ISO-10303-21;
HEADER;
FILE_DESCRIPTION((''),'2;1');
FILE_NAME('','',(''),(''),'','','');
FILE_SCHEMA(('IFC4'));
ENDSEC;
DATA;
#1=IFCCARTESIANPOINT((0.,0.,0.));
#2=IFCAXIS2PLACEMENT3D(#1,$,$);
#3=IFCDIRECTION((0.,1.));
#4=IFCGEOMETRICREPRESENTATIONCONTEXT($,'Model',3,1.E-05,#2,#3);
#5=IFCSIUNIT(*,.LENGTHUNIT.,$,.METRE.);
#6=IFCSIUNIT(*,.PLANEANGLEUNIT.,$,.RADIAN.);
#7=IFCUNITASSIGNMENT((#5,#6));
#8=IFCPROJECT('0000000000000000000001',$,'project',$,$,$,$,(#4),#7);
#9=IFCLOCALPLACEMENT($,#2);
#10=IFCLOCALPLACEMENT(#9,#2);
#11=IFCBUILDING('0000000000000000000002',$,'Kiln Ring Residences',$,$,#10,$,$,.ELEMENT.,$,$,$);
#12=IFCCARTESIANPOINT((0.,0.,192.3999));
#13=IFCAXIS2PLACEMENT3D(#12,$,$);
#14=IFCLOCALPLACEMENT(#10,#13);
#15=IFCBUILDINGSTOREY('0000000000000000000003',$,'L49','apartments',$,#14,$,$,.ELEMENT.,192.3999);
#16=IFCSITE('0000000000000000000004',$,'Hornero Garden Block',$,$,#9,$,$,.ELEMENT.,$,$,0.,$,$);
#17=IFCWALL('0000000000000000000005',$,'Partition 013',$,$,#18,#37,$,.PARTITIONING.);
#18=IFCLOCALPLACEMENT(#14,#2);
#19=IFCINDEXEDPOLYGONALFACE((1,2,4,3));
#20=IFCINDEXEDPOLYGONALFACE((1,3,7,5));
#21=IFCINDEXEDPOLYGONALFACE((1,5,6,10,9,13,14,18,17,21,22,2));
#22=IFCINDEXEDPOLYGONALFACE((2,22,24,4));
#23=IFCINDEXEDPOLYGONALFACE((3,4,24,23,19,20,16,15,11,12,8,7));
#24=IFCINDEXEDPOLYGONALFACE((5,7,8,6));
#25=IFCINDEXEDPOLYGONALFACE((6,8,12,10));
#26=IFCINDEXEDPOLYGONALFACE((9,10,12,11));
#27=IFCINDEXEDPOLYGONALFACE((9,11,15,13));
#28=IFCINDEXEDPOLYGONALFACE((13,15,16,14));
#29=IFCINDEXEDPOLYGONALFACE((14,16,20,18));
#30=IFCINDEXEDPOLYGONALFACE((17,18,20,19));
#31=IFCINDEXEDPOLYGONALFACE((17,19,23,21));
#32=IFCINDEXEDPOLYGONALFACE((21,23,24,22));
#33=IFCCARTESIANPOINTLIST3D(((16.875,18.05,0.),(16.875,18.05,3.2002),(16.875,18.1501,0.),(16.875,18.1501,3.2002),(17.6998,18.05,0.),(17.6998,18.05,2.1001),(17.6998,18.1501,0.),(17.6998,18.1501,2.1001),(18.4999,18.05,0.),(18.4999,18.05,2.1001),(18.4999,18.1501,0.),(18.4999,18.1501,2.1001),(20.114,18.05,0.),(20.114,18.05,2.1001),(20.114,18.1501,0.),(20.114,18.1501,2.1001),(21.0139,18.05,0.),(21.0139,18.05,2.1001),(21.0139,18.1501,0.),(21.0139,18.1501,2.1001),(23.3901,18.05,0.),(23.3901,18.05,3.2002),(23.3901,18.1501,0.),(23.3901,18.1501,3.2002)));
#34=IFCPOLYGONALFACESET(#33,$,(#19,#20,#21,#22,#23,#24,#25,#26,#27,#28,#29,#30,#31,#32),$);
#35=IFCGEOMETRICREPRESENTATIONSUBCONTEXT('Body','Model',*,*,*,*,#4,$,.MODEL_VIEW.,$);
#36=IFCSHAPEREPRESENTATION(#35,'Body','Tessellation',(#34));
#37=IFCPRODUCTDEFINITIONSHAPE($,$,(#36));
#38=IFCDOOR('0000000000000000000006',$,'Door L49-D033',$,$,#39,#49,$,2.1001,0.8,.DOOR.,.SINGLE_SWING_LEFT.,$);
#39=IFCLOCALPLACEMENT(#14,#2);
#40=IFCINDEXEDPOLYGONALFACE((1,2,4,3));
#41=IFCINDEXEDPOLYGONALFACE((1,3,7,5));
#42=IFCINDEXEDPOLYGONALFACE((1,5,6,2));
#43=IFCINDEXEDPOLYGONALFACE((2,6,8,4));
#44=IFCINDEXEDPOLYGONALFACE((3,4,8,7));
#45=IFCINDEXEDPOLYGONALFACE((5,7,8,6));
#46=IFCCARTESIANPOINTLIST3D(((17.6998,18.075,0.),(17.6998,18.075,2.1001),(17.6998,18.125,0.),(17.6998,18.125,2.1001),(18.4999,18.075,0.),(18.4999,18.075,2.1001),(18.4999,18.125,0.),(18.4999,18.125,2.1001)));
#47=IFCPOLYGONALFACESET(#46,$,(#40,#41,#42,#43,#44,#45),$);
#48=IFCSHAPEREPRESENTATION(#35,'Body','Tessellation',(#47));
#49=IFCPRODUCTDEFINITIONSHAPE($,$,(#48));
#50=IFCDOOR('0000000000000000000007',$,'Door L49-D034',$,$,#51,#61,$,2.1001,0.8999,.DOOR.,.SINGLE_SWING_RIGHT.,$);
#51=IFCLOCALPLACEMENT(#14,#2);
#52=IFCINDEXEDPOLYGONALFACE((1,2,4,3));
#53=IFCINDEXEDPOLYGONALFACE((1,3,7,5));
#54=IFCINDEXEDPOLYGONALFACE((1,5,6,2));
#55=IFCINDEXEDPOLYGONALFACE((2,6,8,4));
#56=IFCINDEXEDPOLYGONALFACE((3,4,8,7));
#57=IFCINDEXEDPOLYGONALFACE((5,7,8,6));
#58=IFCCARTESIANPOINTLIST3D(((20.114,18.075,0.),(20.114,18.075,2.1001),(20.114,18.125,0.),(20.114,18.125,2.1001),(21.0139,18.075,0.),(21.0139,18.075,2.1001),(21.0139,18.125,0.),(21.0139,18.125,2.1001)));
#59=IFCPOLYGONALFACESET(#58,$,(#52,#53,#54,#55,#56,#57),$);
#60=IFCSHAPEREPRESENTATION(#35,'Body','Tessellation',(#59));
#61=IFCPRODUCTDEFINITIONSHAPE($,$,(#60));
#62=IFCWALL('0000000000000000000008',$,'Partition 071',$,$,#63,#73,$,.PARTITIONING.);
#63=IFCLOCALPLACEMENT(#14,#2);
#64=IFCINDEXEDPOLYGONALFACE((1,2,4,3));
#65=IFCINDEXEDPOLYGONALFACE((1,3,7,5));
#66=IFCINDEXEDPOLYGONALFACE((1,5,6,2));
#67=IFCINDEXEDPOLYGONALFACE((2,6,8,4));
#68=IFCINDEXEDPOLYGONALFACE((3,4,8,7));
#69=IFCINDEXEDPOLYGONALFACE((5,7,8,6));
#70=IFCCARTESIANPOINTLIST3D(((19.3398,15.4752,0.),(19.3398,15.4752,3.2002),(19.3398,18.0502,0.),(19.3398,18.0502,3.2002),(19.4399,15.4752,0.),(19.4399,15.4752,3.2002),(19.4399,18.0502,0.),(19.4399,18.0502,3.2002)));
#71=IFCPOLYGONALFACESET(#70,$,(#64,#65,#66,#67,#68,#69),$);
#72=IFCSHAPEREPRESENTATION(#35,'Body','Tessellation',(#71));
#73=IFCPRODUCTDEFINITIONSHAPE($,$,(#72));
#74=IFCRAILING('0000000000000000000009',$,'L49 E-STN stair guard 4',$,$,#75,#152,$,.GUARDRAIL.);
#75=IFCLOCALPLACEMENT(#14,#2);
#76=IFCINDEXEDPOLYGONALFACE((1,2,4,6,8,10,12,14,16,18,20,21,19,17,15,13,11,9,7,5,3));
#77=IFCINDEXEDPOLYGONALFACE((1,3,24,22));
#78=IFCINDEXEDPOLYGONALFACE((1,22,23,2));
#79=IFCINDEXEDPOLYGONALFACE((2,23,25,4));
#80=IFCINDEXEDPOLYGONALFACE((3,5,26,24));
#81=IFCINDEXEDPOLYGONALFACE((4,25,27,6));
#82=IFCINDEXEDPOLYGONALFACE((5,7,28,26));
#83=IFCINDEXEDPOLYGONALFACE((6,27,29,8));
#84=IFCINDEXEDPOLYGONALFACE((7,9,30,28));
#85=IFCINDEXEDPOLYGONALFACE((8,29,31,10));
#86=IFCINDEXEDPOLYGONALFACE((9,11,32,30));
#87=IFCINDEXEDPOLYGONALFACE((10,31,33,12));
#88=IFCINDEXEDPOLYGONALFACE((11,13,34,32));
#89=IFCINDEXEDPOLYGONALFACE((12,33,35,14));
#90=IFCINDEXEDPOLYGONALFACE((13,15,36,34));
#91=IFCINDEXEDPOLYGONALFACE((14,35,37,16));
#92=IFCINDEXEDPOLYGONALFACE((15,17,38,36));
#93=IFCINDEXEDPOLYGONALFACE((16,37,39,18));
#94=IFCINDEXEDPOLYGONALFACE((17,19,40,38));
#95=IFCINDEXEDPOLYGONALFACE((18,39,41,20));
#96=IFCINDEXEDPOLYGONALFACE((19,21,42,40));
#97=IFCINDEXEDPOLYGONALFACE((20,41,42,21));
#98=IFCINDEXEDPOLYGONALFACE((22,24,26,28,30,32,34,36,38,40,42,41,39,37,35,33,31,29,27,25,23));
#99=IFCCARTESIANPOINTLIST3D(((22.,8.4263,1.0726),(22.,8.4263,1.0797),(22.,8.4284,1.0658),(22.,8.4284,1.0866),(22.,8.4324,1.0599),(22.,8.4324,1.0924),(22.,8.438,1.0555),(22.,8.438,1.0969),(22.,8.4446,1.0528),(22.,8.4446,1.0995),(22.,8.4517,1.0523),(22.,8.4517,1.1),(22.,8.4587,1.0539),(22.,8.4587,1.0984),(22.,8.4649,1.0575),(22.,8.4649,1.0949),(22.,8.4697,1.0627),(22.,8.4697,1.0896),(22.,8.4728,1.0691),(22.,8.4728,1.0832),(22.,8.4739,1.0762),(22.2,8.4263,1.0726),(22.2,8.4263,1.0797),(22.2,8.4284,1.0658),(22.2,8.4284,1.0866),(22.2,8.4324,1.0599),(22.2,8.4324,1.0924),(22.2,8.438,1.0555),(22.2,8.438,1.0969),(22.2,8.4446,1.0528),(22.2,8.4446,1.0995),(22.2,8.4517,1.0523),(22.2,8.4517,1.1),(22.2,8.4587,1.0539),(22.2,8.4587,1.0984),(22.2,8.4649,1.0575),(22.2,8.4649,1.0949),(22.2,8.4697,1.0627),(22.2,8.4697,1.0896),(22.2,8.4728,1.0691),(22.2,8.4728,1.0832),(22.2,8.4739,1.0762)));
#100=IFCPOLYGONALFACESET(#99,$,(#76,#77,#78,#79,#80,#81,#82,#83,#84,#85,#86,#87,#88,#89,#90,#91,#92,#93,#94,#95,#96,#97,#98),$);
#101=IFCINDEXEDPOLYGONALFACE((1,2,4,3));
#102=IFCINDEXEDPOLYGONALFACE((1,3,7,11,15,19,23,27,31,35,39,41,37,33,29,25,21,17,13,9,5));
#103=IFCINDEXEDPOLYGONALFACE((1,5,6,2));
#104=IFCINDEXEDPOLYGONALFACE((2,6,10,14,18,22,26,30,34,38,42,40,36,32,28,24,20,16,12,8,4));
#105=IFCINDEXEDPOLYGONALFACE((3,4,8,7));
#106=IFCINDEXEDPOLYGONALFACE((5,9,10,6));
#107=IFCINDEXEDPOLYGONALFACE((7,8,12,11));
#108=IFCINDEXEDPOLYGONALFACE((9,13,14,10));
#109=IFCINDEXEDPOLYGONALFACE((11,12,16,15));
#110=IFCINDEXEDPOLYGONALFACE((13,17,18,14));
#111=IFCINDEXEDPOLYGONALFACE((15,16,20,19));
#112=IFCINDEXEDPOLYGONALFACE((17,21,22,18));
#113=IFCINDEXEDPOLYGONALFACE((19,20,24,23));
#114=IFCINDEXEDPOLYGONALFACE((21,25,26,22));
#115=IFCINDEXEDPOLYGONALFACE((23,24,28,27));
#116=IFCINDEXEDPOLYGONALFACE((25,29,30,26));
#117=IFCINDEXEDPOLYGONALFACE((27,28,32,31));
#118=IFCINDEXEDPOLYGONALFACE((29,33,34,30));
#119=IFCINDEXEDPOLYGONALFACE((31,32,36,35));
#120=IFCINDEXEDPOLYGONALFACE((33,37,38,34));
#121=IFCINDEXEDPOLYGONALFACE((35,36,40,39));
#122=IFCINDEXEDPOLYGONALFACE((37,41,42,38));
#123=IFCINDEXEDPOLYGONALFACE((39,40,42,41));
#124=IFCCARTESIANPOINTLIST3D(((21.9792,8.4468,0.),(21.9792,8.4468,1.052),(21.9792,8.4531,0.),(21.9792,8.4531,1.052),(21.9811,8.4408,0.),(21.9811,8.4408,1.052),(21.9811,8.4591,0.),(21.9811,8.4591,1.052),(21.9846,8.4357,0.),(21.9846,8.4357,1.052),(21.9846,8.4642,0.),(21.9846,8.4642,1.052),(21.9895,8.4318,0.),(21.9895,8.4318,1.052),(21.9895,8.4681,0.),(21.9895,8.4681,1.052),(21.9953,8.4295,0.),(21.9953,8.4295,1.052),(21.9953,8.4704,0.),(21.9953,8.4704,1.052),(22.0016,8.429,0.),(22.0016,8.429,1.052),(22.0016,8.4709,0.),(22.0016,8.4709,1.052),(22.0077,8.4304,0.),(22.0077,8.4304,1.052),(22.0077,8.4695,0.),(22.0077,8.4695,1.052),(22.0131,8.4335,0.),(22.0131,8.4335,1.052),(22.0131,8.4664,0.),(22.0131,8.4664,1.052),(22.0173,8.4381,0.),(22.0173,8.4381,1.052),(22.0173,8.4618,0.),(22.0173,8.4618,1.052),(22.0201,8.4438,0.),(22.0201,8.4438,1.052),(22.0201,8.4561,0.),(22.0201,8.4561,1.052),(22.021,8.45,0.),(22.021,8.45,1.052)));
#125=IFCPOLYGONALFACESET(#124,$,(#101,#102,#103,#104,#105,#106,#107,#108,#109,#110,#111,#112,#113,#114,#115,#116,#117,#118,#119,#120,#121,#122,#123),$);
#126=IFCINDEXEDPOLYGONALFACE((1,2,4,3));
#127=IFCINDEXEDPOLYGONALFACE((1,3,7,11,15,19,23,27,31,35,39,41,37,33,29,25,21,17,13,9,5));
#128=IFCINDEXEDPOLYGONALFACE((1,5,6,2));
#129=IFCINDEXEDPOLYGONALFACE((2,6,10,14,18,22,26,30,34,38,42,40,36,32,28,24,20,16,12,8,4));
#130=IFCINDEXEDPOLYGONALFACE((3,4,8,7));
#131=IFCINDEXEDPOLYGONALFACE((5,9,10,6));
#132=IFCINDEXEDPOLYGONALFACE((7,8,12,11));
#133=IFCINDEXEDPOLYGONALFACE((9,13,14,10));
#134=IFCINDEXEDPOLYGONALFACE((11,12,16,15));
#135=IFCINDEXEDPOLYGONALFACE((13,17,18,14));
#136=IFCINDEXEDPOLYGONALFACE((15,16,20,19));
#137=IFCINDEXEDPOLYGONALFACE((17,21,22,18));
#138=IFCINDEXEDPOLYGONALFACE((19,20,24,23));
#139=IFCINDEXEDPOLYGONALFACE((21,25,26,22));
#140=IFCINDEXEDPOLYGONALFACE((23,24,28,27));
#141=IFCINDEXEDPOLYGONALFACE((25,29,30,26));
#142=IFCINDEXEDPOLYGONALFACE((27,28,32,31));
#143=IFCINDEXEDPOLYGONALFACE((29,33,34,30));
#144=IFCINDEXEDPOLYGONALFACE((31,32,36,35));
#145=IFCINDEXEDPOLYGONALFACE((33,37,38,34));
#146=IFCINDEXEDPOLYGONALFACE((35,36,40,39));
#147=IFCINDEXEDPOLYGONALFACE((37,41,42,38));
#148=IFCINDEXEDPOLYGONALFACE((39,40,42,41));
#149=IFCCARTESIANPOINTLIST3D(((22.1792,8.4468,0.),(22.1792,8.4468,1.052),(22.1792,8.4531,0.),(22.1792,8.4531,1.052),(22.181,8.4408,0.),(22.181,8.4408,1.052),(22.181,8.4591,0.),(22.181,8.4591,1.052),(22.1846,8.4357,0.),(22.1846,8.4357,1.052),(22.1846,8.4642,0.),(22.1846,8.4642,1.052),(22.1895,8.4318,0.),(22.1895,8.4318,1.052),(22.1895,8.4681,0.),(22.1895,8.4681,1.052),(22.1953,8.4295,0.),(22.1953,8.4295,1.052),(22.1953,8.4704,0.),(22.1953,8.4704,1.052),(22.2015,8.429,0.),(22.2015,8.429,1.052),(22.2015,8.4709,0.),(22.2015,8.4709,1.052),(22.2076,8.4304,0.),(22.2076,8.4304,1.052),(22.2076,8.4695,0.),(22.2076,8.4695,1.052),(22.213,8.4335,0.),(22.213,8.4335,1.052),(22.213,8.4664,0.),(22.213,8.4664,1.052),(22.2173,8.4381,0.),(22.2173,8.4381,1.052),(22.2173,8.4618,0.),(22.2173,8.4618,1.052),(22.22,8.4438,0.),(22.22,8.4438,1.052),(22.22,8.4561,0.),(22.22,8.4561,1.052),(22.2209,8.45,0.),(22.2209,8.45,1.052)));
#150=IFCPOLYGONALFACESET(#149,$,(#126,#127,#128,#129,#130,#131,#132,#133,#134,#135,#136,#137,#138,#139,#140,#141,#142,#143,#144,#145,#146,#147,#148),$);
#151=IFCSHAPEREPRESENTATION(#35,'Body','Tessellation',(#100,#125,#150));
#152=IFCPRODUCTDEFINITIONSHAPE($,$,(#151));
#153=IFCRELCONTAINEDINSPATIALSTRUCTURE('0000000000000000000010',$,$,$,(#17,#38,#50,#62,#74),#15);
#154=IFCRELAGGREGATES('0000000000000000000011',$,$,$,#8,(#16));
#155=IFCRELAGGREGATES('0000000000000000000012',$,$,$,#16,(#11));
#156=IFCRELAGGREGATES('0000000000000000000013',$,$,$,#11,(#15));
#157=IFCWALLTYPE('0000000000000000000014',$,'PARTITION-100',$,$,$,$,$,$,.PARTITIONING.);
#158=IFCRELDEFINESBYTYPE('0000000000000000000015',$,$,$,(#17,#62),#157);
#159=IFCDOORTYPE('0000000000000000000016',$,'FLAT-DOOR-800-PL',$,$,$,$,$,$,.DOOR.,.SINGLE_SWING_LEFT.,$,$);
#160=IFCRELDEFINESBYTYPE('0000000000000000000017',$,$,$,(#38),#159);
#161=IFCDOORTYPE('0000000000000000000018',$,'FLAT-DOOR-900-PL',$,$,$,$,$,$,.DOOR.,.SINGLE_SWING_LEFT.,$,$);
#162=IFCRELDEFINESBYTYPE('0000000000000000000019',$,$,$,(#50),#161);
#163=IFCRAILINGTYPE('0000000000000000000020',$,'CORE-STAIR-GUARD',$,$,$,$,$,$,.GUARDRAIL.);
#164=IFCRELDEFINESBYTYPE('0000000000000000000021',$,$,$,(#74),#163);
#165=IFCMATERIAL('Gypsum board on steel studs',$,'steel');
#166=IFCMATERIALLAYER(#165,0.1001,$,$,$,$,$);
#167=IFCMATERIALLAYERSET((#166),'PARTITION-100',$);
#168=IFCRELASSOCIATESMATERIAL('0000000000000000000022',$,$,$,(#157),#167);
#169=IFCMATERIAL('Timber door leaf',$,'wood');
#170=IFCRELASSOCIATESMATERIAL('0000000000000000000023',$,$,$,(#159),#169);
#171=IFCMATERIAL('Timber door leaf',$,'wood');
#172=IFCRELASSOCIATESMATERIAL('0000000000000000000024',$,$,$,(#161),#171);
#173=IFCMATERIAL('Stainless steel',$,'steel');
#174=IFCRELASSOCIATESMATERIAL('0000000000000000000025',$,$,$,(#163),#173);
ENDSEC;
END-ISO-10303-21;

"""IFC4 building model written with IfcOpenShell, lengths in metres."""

from ifc_helpers import new_model, si_unit, direction, frame, frame_2d, origin, origin_2d, place, context, subcontext, project, spatial, rectangle, circle, extrude, material, layer, layer_set, type_object, element, fill, save


model = new_model("IFC4")

# Units and contexts
model_context = context("Model", 3, precision=1e-05, world=origin(), true_north=direction((0.0, 1.0)))
body_context = subcontext(model_context, "Body", "Model", "MODEL_VIEW")
ifc_project = project(units=[si_unit("LENGTHUNIT", "METRE"), si_unit("PLANEANGLEUNIT", "RADIAN")], contexts=[model_context])

# Site, building, storey
site_placement = place(None, origin())
site = spatial("IfcSite", under=ifc_project, at=site_placement, Name="Hornero Garden Block", CompositionType="ELEMENT", RefElevation=0.0)
building_placement = place(site_placement, origin())
building = spatial("IfcBuilding", under=site, at=building_placement, Name="Kiln Ring Residences", CompositionType="ELEMENT")
storey_placement = place(building_placement, frame((0.0, 0.0, 192.3999)))
storey = spatial("IfcBuildingStorey", under=building, at=storey_placement, Name="L49", Description="apartments", CompositionType="ELEMENT", Elevation=192.3999)

# Wall, openings, doors
ifc_material_1 = material(Name="Gypsum board on steel studs", Category="steel")
ifc_layer_1 = layer(ifc_material_1, 0.1001)
ifc_layer_set_1 = layer_set([ifc_layer_1], Name="PARTITION-100")
wall_type_1 = type_object("IfcWallType", Name="PARTITION-100", PredefinedType="PARTITIONING", material=ifc_layer_set_1)
wall_1_placement = place(storey_placement, frame((16.875, 18.1001, 0.0), z_axis=(0.0, 0.0, 1.0), x_axis=(1.0, 0.0, 0.0)))
wall_1 = element("IfcWall", 1, at=wall_1_placement, inside=storey, type_object=wall_type_1, Name="Partition 013", PredefinedType="PARTITIONING", context=body_context, shape_type="SweptSolid", body=[
    extrude(rectangle(XDim=6.5151, YDim=0.1001, at=frame_2d((3.2576, 0.0))), origin(), (0.0, 0.0, 1.0), 3.2002),
])
opening_1_placement = place(wall_1_placement, frame((0.825, 0.0, 0.0)))
opening_1 = element("IfcOpeningElement", 2, at=opening_1_placement, cuts=wall_1, PredefinedType="OPENING", context=body_context, shape_type="SweptSolid", body=[
    extrude(rectangle(XDim=0.8, YDim=2.1001, at=frame_2d((0.3999, 1.05))), frame((0.0, 0.0601, 0.0), z_axis=(0.0, -1.0, 0.0), x_axis=(1.0, 0.0, 0.0)), (0.0, 0.0, 1.0), 0.1201),
])
opening_2_placement = place(wall_1_placement, frame((3.239, 0.0, 0.0)))
opening_2 = element("IfcOpeningElement", 3, at=opening_2_placement, cuts=wall_1, PredefinedType="OPENING", context=body_context, shape_type="SweptSolid", body=[
    extrude(rectangle(XDim=0.8999, YDim=2.1001, at=frame_2d((0.45, 1.05))), frame((0.0, 0.0601, 0.0), z_axis=(0.0, -1.0, 0.0), x_axis=(1.0, 0.0, 0.0)), (0.0, 0.0, 1.0), 0.1201),
])
ifc_material_2 = material(Name="Timber door leaf", Category="wood")
door_type_1 = type_object("IfcDoorType", Name="FLAT-DOOR-800-PL", OperationType="SINGLE_SWING_LEFT", PredefinedType="DOOR", material=ifc_material_2)
door_1_placement = place(opening_1_placement, origin())
door_1 = element("IfcDoor", 4, at=door_1_placement, inside=storey, type_object=door_type_1, Name="Door L49-D033", OperationType="SINGLE_SWING_LEFT", OverallHeight=2.1001, OverallWidth=0.8, PredefinedType="DOOR", context=body_context, shape_type="SweptSolid", body=[
    extrude(rectangle(XDim=0.8, YDim=2.1001, at=frame_2d((0.3999, 1.05))), frame((0.0, 0.0249, 0.0), z_axis=(0.0, -1.0, 0.0), x_axis=(1.0, 0.0, 0.0)), (0.0, 0.0, 1.0), 0.05),
])
fill(opening_1, door_1)
ifc_material_3 = material(Name="Timber door leaf", Category="wood")
door_type_2 = type_object("IfcDoorType", Name="FLAT-DOOR-900-PL", OperationType="SINGLE_SWING_LEFT", PredefinedType="DOOR", material=ifc_material_3)
door_2_placement = place(opening_2_placement, origin())
door_2 = element("IfcDoor", 5, at=door_2_placement, inside=storey, type_object=door_type_2, Name="Door L49-D034", OperationType="SINGLE_SWING_RIGHT", OverallHeight=2.1001, OverallWidth=0.8999, PredefinedType="DOOR", context=body_context, shape_type="SweptSolid", body=[
    extrude(rectangle(XDim=0.8999, YDim=2.1001, at=frame_2d((0.45, 1.05))), frame((0.0, 0.0249, 0.0), z_axis=(0.0, -1.0, 0.0), x_axis=(1.0, 0.0, 0.0)), (0.0, 0.0, 1.0), 0.05),
])
fill(opening_2, door_2)

# Wall
wall_2_placement = place(storey_placement, frame((19.3899, 15.4751, 0.0), z_axis=(0.0, 0.0, 1.0), x_axis=(0.0, 1.0, 0.0)))
element("IfcWall", 6, at=wall_2_placement, inside=storey, type_object=wall_type_1, Name="Partition 071", PredefinedType="PARTITIONING", context=body_context, shape_type="SweptSolid", body=[
    extrude(rectangle(XDim=2.575, YDim=0.1001, at=frame_2d((1.2876, 0.0))), origin(), (0.0, 0.0, 1.0), 3.2002),
])

# Railing
ifc_material_4 = material(Name="Stainless steel", Category="steel")
railing_type = type_object("IfcRailingType", Name="CORE-STAIR-GUARD", PredefinedType="GUARDRAIL", material=ifc_material_4)
railing_placement = place(storey_placement, frame((22.0, 8.45, 0.0)))
element("IfcRailing", 7, at=railing_placement, inside=storey, type_object=railing_type, Name="L49 E-STN stair guard 4", PredefinedType="GUARDRAIL", context=body_context, shape_type="SweptSolid", body=[
    extrude(circle(Radius=0.0239, at=origin_2d()), frame((0.0, 0.0, 1.0762), z_axis=(1.0, 0.0, 0.0), x_axis=(0.0, 1.0, 0.0)), (0.0, 0.0, 1.0), 0.2),
    extrude(circle(Radius=0.021, at=origin_2d()), origin(), (0.0, 0.0, 1.0), 1.052),
    extrude(circle(Radius=0.021, at=origin_2d()), frame((0.2, 0.0, 0.0)), (0.0, 0.0, 1.0), 1.052),
])

save(model, "model.ifc")
